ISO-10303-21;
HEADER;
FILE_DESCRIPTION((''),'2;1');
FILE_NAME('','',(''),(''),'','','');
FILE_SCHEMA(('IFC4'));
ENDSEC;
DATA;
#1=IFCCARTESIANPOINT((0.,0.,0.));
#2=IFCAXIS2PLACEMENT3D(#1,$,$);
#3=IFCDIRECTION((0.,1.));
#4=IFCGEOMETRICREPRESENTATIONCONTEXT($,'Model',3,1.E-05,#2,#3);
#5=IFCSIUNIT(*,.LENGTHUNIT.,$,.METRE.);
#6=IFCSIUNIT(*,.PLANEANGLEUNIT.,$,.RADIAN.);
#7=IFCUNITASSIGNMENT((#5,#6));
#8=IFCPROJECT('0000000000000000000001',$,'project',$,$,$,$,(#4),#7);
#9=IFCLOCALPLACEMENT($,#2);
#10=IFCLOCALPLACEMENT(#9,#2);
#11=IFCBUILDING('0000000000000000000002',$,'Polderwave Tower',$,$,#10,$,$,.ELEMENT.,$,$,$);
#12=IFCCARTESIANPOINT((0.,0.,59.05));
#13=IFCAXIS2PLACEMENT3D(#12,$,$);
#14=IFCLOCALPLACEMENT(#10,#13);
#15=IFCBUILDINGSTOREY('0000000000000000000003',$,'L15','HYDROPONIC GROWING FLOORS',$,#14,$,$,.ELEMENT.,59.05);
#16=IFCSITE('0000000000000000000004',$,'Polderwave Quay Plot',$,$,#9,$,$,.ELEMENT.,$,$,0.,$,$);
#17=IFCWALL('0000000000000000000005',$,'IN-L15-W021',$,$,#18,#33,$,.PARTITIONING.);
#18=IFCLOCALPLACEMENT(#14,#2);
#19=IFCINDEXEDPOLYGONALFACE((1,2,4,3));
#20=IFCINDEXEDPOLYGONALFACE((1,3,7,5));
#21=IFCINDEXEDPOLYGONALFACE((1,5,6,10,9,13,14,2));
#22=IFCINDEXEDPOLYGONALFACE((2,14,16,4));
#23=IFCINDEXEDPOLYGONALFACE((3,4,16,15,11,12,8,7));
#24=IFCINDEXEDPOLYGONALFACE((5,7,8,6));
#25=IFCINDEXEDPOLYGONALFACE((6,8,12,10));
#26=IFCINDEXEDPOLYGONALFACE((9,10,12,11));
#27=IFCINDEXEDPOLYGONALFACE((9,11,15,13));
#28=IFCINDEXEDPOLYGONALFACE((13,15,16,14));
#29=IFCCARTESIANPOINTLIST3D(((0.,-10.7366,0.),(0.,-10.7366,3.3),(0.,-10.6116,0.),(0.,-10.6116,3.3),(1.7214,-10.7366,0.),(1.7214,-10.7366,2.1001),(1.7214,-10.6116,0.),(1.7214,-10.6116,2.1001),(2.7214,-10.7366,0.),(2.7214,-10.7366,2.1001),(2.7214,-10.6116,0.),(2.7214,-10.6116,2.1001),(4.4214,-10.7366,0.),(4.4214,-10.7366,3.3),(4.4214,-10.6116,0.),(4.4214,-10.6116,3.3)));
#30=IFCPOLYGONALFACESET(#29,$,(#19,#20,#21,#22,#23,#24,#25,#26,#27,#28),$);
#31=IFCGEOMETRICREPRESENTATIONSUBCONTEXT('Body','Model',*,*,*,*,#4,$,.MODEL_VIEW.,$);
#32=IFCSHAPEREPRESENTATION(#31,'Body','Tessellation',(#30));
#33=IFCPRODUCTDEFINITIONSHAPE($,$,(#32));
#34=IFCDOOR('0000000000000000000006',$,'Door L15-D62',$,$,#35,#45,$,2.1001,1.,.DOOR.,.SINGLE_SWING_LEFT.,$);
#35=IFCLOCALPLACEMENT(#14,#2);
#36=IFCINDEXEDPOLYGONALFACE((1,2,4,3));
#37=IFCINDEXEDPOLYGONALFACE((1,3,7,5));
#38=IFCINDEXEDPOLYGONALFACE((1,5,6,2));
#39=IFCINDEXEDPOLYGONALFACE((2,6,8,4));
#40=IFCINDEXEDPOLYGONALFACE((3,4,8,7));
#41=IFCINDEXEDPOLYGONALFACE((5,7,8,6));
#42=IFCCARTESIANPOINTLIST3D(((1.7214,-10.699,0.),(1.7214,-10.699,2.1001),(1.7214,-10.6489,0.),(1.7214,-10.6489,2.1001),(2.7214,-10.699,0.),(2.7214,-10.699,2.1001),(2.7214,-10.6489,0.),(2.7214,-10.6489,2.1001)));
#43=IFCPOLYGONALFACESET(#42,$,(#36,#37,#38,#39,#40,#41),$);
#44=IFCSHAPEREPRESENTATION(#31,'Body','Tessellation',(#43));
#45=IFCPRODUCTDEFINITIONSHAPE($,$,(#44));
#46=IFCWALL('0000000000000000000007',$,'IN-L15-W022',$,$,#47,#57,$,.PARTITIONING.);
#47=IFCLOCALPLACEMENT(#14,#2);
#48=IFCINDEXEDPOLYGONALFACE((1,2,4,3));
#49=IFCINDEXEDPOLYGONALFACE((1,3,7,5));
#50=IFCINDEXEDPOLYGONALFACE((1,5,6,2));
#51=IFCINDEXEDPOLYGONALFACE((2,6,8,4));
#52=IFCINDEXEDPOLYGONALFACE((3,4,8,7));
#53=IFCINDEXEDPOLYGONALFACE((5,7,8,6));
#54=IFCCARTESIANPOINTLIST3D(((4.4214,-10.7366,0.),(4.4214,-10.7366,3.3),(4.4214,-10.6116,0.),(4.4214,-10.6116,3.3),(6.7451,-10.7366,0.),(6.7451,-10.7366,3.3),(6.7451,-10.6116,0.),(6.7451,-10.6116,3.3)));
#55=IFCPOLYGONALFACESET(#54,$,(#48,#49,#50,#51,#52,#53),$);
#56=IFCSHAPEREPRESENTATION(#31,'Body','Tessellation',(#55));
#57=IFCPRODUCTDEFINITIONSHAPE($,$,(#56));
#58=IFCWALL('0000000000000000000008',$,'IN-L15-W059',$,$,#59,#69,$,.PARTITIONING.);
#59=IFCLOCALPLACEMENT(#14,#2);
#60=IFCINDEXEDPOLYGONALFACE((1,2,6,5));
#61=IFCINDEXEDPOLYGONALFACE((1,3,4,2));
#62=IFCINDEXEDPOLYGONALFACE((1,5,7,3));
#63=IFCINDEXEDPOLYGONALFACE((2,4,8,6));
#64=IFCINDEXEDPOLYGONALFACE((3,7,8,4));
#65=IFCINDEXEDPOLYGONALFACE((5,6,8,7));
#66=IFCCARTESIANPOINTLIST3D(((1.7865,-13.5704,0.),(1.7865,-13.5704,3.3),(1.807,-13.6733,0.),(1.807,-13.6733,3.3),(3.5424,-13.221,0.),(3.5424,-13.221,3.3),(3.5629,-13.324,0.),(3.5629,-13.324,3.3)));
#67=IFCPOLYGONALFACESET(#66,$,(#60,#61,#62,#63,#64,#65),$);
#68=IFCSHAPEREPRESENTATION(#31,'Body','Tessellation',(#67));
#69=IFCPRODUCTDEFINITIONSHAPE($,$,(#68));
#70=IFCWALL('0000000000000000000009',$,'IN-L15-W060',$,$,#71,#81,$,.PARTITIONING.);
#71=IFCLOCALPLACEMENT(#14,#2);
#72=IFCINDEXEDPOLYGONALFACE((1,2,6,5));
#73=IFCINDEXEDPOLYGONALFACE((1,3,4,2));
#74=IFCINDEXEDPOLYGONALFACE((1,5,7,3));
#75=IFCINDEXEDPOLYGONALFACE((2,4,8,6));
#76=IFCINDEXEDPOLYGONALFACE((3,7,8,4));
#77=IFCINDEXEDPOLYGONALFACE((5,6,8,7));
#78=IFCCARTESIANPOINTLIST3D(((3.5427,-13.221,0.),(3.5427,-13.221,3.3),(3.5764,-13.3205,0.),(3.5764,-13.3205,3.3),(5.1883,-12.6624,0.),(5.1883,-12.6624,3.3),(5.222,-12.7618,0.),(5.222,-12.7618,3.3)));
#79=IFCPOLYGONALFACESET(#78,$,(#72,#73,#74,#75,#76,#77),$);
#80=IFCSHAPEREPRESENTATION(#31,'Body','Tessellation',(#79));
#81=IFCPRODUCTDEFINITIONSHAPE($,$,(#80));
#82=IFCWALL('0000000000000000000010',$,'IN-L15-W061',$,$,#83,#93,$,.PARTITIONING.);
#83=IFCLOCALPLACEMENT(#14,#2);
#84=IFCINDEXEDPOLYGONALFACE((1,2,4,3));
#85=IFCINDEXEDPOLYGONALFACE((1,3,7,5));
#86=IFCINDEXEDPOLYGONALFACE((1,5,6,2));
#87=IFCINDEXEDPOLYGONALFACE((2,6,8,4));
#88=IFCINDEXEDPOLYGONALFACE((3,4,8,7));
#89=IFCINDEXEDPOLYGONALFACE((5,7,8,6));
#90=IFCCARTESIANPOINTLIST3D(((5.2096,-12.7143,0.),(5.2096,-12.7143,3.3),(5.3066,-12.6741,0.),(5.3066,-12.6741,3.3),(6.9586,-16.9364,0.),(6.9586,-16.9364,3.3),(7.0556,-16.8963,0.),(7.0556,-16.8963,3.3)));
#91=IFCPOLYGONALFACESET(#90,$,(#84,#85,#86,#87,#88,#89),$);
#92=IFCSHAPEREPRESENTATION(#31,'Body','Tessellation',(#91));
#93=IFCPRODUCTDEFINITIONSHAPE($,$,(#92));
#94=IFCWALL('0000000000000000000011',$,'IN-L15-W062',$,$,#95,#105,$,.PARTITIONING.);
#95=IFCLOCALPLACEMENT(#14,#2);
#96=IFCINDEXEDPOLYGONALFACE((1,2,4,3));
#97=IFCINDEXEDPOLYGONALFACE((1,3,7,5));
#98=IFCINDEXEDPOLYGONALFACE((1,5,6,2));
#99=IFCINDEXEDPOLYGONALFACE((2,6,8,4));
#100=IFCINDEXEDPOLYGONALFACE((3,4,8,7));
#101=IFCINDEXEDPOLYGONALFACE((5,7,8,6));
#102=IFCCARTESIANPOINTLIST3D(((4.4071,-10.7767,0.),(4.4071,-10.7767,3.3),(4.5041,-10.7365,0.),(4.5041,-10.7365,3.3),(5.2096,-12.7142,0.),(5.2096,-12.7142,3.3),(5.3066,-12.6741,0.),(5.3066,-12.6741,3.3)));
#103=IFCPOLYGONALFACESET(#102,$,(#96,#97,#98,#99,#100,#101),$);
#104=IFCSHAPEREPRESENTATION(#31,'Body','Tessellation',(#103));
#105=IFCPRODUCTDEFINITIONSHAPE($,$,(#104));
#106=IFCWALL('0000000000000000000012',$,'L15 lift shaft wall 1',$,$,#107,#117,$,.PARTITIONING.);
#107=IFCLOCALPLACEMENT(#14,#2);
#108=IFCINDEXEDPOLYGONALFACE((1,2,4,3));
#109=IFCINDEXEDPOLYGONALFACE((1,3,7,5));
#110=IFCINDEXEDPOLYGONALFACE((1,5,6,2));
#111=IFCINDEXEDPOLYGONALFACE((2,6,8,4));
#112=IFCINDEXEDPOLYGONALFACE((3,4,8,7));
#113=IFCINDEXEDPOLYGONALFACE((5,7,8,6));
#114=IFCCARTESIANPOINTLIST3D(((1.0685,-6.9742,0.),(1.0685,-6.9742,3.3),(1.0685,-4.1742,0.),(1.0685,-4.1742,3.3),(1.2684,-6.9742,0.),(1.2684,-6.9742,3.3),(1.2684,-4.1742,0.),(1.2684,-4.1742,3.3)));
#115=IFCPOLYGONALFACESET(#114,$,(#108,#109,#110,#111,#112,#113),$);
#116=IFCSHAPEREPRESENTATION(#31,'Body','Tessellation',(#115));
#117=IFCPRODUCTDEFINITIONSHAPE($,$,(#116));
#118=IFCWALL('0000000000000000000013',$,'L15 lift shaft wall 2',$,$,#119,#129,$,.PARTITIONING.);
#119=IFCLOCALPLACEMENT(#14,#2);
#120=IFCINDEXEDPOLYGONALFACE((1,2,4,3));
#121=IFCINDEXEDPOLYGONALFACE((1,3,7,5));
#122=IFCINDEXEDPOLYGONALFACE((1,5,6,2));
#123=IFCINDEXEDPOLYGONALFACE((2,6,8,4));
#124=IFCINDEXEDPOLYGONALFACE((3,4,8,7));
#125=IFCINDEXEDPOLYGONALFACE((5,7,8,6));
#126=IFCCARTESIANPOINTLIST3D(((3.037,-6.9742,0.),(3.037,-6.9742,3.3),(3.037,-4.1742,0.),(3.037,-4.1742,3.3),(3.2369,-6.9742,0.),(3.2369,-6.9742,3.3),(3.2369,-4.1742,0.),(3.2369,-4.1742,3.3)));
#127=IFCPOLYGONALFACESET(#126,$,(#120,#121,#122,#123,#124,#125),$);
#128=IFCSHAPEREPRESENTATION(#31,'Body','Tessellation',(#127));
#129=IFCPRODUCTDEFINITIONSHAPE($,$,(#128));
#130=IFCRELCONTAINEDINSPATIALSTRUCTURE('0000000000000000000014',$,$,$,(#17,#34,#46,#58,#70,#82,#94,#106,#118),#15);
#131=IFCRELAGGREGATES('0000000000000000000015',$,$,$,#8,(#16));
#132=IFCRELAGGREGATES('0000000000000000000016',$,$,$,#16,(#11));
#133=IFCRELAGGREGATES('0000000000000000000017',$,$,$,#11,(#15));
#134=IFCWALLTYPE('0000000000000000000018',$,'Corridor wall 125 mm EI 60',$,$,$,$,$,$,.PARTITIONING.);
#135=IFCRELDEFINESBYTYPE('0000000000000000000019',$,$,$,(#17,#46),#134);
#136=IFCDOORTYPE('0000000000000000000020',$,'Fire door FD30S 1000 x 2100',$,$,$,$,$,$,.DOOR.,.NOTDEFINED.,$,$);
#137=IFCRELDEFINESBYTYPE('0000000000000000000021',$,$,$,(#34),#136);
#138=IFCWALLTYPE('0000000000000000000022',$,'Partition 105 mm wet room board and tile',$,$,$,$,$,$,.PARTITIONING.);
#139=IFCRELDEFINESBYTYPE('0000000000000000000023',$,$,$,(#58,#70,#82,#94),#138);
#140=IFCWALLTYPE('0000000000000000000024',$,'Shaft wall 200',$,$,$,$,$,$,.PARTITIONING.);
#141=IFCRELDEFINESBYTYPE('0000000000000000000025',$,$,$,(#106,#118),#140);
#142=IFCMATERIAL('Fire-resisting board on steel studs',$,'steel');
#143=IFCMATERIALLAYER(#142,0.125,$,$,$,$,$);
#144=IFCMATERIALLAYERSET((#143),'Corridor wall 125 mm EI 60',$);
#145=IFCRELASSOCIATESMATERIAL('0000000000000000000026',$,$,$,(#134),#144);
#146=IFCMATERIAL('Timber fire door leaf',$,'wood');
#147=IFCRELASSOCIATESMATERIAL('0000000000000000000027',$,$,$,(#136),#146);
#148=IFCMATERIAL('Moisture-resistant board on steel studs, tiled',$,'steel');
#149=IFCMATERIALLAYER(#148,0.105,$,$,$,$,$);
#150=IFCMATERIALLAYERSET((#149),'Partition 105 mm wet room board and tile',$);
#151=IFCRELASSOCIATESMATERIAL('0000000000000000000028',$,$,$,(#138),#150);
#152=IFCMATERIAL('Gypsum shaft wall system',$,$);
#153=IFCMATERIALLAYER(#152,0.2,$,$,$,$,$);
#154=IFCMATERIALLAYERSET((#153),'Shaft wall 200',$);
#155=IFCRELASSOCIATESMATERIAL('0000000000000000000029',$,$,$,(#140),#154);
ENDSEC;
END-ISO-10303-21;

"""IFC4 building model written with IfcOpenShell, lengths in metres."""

from ifc_helpers import new_model, si_unit, direction, frame, frame_2d, origin, place, context, subcontext, project, spatial, rectangle, extrude, material, layer, layer_set, type_object, element, fill, save


model = new_model("IFC4")

# Units and contexts
model_context = context("Model", 3, precision=1e-05, world=origin(), true_north=direction((0.0, 1.0)))
body_context = subcontext(model_context, "Body", "Model", "MODEL_VIEW")
ifc_project = project(units=[si_unit("LENGTHUNIT", "METRE"), si_unit("PLANEANGLEUNIT", "RADIAN")], contexts=[model_context])

# Site, building, storey
site_placement = place(None, origin())
site = spatial("IfcSite", under=ifc_project, at=site_placement, Name="Polderwave Quay Plot", CompositionType="ELEMENT", RefElevation=0.0)
building_placement = place(site_placement, origin())
building = spatial("IfcBuilding", under=site, at=building_placement, Name="Polderwave Tower", CompositionType="ELEMENT")
storey_placement = place(building_placement, frame((0.0, 0.0, 59.05)))
storey = spatial("IfcBuildingStorey", under=building, at=storey_placement, Name="L15", Description="HYDROPONIC GROWING FLOORS", CompositionType="ELEMENT", Elevation=59.05)

# Wall, opening, door
ifc_material_1 = material(Name="Fire-resisting board on steel studs", Category="steel")
ifc_layer_1 = layer(ifc_material_1, 0.125)
ifc_layer_set_1 = layer_set([ifc_layer_1], Name="Corridor wall 125 mm EI 60")
wall_type_1 = type_object("IfcWallType", Name="Corridor wall 125 mm EI 60", PredefinedType="PARTITIONING", material=ifc_layer_set_1)
wall_1_placement = place(storey_placement, frame((4.4214, -10.6741, 0.0), z_axis=(0.0, 0.0, 1.0), x_axis=(-1.0, 0.0, 0.0)))
wall_1 = element("IfcWall", 1, at=wall_1_placement, inside=storey, type_object=wall_type_1, Name="IN-L15-W021", PredefinedType="PARTITIONING", context=body_context, shape_type="SweptSolid", body=[
    extrude(rectangle(XDim=4.4214, YDim=0.125, at=frame_2d((2.2107, 0.0))), origin(), (0.0, 0.0, 1.0), 3.3),
])
opening_placement = place(wall_1_placement, frame((1.7, 0.0, 0.0)))
opening = element("IfcOpeningElement", 2, at=opening_placement, cuts=wall_1, PredefinedType="OPENING", context=body_context, shape_type="SweptSolid", body=[
    extrude(rectangle(XDim=1.0, YDim=2.1001, at=frame_2d((0.5, 1.05))), frame((0.0, 0.0725, 0.0), z_axis=(0.0, -1.0, 0.0), x_axis=(1.0, 0.0, 0.0)), (0.0, 0.0, 1.0), 0.145),
])
ifc_material_2 = material(Name="Timber fire door leaf", Category="wood")
door_type = type_object("IfcDoorType", Name="Fire door FD30S 1000 x 2100", OperationType="NOTDEFINED", PredefinedType="DOOR", material=ifc_material_2)
door_placement = place(opening_placement, origin())
door = element("IfcDoor", 3, at=door_placement, inside=storey, type_object=door_type, Name="Door L15-D62", OperationType="SINGLE_SWING_LEFT", OverallHeight=2.1001, OverallWidth=1.0, PredefinedType="DOOR", context=body_context, shape_type="SweptSolid", body=[
    extrude(rectangle(XDim=1.0, YDim=2.1001, at=frame_2d((0.5, 1.05))), frame((0.0, 0.0249, 0.0), z_axis=(0.0, -1.0, 0.0), x_axis=(1.0, 0.0, 0.0)), (0.0, 0.0, 1.0), 0.05),
])
fill(opening, door)

# Walls
wall_2_placement = place(storey_placement, frame((6.7451, -10.6741, 0.0), z_axis=(0.0, 0.0, 1.0), x_axis=(-1.0, 0.0, 0.0)))
element("IfcWall", 4, at=wall_2_placement, inside=storey, type_object=wall_type_1, Name="IN-L15-W022", PredefinedType="PARTITIONING", context=body_context, shape_type="SweptSolid", body=[
    extrude(rectangle(XDim=2.3237, YDim=0.125, at=frame_2d((1.1619, 0.0))), origin(), (0.0, 0.0, 1.0), 3.3),
])
ifc_material_3 = material(Name="Moisture-resistant board on steel studs, tiled", Category="steel")
ifc_layer_2 = layer(ifc_material_3, 0.105)
ifc_layer_set_2 = layer_set([ifc_layer_2], Name="Partition 105 mm wet room board and tile")
wall_type_2 = type_object("IfcWallType", Name="Partition 105 mm wet room board and tile", PredefinedType="PARTITIONING", material=ifc_layer_set_2)
wall_3_placement = place(storey_placement, frame((1.7969, -13.6218, 0.0), z_axis=(0.0, 0.0, 1.0), x_axis=(0.980774, 0.195146, 0.0)))
element("IfcWall", 5, at=wall_3_placement, inside=storey, type_object=wall_type_2, Name="IN-L15-W059", PredefinedType="PARTITIONING", context=body_context, shape_type="SweptSolid", body=[
    extrude(rectangle(XDim=1.7903, YDim=0.105, at=frame_2d((0.895, 0.0))), origin(), (0.0, 0.0, 1.0), 3.3),
])
wall_4_placement = place(storey_placement, frame((3.5596, -13.2708, 0.0), z_axis=(0.0, 0.0, 1.0), x_axis=(0.946927, 0.321449, 0.0)))
element("IfcWall", 6, at=wall_4_placement, inside=storey, type_object=wall_type_2, Name="IN-L15-W060", PredefinedType="PARTITIONING", context=body_context, shape_type="SweptSolid", body=[
    extrude(rectangle(XDim=1.7378, YDim=0.105, at=frame_2d((0.8689, 0.0))), origin(), (0.0, 0.0, 1.0), 3.3),
])
wall_5_placement = place(storey_placement, frame((5.2581, -12.6941, 0.0), z_axis=(0.0, 0.0, 1.0), x_axis=(0.38271, -0.923868, 0.0)))
element("IfcWall", 7, at=wall_5_placement, inside=storey, type_object=wall_type_2, Name="IN-L15-W061", PredefinedType="PARTITIONING", context=body_context, shape_type="SweptSolid", body=[
    extrude(rectangle(XDim=4.5701, YDim=0.105, at=frame_2d((2.2852, 0.0))), origin(), (0.0, 0.0, 1.0), 3.3),
])
wall_6_placement = place(storey_placement, frame((4.4556, -10.7566, 0.0), z_axis=(0.0, 0.0, 1.0), x_axis=(0.382664, -0.923888, 0.0)))
element("IfcWall", 8, at=wall_6_placement, inside=storey, type_object=wall_type_2, Name="IN-L15-W062", PredefinedType="PARTITIONING", context=body_context, shape_type="SweptSolid", body=[
    extrude(rectangle(XDim=2.0972, YDim=0.105, at=frame_2d((1.0486, 0.0))), origin(), (0.0, 0.0, 1.0), 3.3),
])
ifc_material_4 = material(Name="Gypsum shaft wall system")
ifc_layer_3 = layer(ifc_material_4, 0.2)
ifc_layer_set_3 = layer_set([ifc_layer_3], Name="Shaft wall 200")
wall_type_3 = type_object("IfcWallType", Name="Shaft wall 200", PredefinedType="PARTITIONING", material=ifc_layer_set_3)
for number, where, z_axis, x_axis, name in (
    (9, (1.1685, -6.9741, 0.0), (0.0, 0.0, 1.0), (0.0, 1.0, 0.0), "L15 lift shaft wall 1"),
    (10, (3.137, -6.9741, 0.0), (0.0, 0.0, 1.0), (0.0, 1.0, 0.0), "L15 lift shaft wall 2"),
):
    element("IfcWall", number, at=place(storey_placement, frame(where, z_axis=z_axis, x_axis=x_axis)), inside=storey, type_object=wall_type_3, Name=name, PredefinedType="PARTITIONING", context=body_context, shape_type="SweptSolid", body=[
        extrude(rectangle(XDim=2.8, YDim=0.2, at=frame_2d((1.3999, 0.0))), origin(), (0.0, 0.0, 1.0), 3.3),
    ])

save(model, "model.ifc")
